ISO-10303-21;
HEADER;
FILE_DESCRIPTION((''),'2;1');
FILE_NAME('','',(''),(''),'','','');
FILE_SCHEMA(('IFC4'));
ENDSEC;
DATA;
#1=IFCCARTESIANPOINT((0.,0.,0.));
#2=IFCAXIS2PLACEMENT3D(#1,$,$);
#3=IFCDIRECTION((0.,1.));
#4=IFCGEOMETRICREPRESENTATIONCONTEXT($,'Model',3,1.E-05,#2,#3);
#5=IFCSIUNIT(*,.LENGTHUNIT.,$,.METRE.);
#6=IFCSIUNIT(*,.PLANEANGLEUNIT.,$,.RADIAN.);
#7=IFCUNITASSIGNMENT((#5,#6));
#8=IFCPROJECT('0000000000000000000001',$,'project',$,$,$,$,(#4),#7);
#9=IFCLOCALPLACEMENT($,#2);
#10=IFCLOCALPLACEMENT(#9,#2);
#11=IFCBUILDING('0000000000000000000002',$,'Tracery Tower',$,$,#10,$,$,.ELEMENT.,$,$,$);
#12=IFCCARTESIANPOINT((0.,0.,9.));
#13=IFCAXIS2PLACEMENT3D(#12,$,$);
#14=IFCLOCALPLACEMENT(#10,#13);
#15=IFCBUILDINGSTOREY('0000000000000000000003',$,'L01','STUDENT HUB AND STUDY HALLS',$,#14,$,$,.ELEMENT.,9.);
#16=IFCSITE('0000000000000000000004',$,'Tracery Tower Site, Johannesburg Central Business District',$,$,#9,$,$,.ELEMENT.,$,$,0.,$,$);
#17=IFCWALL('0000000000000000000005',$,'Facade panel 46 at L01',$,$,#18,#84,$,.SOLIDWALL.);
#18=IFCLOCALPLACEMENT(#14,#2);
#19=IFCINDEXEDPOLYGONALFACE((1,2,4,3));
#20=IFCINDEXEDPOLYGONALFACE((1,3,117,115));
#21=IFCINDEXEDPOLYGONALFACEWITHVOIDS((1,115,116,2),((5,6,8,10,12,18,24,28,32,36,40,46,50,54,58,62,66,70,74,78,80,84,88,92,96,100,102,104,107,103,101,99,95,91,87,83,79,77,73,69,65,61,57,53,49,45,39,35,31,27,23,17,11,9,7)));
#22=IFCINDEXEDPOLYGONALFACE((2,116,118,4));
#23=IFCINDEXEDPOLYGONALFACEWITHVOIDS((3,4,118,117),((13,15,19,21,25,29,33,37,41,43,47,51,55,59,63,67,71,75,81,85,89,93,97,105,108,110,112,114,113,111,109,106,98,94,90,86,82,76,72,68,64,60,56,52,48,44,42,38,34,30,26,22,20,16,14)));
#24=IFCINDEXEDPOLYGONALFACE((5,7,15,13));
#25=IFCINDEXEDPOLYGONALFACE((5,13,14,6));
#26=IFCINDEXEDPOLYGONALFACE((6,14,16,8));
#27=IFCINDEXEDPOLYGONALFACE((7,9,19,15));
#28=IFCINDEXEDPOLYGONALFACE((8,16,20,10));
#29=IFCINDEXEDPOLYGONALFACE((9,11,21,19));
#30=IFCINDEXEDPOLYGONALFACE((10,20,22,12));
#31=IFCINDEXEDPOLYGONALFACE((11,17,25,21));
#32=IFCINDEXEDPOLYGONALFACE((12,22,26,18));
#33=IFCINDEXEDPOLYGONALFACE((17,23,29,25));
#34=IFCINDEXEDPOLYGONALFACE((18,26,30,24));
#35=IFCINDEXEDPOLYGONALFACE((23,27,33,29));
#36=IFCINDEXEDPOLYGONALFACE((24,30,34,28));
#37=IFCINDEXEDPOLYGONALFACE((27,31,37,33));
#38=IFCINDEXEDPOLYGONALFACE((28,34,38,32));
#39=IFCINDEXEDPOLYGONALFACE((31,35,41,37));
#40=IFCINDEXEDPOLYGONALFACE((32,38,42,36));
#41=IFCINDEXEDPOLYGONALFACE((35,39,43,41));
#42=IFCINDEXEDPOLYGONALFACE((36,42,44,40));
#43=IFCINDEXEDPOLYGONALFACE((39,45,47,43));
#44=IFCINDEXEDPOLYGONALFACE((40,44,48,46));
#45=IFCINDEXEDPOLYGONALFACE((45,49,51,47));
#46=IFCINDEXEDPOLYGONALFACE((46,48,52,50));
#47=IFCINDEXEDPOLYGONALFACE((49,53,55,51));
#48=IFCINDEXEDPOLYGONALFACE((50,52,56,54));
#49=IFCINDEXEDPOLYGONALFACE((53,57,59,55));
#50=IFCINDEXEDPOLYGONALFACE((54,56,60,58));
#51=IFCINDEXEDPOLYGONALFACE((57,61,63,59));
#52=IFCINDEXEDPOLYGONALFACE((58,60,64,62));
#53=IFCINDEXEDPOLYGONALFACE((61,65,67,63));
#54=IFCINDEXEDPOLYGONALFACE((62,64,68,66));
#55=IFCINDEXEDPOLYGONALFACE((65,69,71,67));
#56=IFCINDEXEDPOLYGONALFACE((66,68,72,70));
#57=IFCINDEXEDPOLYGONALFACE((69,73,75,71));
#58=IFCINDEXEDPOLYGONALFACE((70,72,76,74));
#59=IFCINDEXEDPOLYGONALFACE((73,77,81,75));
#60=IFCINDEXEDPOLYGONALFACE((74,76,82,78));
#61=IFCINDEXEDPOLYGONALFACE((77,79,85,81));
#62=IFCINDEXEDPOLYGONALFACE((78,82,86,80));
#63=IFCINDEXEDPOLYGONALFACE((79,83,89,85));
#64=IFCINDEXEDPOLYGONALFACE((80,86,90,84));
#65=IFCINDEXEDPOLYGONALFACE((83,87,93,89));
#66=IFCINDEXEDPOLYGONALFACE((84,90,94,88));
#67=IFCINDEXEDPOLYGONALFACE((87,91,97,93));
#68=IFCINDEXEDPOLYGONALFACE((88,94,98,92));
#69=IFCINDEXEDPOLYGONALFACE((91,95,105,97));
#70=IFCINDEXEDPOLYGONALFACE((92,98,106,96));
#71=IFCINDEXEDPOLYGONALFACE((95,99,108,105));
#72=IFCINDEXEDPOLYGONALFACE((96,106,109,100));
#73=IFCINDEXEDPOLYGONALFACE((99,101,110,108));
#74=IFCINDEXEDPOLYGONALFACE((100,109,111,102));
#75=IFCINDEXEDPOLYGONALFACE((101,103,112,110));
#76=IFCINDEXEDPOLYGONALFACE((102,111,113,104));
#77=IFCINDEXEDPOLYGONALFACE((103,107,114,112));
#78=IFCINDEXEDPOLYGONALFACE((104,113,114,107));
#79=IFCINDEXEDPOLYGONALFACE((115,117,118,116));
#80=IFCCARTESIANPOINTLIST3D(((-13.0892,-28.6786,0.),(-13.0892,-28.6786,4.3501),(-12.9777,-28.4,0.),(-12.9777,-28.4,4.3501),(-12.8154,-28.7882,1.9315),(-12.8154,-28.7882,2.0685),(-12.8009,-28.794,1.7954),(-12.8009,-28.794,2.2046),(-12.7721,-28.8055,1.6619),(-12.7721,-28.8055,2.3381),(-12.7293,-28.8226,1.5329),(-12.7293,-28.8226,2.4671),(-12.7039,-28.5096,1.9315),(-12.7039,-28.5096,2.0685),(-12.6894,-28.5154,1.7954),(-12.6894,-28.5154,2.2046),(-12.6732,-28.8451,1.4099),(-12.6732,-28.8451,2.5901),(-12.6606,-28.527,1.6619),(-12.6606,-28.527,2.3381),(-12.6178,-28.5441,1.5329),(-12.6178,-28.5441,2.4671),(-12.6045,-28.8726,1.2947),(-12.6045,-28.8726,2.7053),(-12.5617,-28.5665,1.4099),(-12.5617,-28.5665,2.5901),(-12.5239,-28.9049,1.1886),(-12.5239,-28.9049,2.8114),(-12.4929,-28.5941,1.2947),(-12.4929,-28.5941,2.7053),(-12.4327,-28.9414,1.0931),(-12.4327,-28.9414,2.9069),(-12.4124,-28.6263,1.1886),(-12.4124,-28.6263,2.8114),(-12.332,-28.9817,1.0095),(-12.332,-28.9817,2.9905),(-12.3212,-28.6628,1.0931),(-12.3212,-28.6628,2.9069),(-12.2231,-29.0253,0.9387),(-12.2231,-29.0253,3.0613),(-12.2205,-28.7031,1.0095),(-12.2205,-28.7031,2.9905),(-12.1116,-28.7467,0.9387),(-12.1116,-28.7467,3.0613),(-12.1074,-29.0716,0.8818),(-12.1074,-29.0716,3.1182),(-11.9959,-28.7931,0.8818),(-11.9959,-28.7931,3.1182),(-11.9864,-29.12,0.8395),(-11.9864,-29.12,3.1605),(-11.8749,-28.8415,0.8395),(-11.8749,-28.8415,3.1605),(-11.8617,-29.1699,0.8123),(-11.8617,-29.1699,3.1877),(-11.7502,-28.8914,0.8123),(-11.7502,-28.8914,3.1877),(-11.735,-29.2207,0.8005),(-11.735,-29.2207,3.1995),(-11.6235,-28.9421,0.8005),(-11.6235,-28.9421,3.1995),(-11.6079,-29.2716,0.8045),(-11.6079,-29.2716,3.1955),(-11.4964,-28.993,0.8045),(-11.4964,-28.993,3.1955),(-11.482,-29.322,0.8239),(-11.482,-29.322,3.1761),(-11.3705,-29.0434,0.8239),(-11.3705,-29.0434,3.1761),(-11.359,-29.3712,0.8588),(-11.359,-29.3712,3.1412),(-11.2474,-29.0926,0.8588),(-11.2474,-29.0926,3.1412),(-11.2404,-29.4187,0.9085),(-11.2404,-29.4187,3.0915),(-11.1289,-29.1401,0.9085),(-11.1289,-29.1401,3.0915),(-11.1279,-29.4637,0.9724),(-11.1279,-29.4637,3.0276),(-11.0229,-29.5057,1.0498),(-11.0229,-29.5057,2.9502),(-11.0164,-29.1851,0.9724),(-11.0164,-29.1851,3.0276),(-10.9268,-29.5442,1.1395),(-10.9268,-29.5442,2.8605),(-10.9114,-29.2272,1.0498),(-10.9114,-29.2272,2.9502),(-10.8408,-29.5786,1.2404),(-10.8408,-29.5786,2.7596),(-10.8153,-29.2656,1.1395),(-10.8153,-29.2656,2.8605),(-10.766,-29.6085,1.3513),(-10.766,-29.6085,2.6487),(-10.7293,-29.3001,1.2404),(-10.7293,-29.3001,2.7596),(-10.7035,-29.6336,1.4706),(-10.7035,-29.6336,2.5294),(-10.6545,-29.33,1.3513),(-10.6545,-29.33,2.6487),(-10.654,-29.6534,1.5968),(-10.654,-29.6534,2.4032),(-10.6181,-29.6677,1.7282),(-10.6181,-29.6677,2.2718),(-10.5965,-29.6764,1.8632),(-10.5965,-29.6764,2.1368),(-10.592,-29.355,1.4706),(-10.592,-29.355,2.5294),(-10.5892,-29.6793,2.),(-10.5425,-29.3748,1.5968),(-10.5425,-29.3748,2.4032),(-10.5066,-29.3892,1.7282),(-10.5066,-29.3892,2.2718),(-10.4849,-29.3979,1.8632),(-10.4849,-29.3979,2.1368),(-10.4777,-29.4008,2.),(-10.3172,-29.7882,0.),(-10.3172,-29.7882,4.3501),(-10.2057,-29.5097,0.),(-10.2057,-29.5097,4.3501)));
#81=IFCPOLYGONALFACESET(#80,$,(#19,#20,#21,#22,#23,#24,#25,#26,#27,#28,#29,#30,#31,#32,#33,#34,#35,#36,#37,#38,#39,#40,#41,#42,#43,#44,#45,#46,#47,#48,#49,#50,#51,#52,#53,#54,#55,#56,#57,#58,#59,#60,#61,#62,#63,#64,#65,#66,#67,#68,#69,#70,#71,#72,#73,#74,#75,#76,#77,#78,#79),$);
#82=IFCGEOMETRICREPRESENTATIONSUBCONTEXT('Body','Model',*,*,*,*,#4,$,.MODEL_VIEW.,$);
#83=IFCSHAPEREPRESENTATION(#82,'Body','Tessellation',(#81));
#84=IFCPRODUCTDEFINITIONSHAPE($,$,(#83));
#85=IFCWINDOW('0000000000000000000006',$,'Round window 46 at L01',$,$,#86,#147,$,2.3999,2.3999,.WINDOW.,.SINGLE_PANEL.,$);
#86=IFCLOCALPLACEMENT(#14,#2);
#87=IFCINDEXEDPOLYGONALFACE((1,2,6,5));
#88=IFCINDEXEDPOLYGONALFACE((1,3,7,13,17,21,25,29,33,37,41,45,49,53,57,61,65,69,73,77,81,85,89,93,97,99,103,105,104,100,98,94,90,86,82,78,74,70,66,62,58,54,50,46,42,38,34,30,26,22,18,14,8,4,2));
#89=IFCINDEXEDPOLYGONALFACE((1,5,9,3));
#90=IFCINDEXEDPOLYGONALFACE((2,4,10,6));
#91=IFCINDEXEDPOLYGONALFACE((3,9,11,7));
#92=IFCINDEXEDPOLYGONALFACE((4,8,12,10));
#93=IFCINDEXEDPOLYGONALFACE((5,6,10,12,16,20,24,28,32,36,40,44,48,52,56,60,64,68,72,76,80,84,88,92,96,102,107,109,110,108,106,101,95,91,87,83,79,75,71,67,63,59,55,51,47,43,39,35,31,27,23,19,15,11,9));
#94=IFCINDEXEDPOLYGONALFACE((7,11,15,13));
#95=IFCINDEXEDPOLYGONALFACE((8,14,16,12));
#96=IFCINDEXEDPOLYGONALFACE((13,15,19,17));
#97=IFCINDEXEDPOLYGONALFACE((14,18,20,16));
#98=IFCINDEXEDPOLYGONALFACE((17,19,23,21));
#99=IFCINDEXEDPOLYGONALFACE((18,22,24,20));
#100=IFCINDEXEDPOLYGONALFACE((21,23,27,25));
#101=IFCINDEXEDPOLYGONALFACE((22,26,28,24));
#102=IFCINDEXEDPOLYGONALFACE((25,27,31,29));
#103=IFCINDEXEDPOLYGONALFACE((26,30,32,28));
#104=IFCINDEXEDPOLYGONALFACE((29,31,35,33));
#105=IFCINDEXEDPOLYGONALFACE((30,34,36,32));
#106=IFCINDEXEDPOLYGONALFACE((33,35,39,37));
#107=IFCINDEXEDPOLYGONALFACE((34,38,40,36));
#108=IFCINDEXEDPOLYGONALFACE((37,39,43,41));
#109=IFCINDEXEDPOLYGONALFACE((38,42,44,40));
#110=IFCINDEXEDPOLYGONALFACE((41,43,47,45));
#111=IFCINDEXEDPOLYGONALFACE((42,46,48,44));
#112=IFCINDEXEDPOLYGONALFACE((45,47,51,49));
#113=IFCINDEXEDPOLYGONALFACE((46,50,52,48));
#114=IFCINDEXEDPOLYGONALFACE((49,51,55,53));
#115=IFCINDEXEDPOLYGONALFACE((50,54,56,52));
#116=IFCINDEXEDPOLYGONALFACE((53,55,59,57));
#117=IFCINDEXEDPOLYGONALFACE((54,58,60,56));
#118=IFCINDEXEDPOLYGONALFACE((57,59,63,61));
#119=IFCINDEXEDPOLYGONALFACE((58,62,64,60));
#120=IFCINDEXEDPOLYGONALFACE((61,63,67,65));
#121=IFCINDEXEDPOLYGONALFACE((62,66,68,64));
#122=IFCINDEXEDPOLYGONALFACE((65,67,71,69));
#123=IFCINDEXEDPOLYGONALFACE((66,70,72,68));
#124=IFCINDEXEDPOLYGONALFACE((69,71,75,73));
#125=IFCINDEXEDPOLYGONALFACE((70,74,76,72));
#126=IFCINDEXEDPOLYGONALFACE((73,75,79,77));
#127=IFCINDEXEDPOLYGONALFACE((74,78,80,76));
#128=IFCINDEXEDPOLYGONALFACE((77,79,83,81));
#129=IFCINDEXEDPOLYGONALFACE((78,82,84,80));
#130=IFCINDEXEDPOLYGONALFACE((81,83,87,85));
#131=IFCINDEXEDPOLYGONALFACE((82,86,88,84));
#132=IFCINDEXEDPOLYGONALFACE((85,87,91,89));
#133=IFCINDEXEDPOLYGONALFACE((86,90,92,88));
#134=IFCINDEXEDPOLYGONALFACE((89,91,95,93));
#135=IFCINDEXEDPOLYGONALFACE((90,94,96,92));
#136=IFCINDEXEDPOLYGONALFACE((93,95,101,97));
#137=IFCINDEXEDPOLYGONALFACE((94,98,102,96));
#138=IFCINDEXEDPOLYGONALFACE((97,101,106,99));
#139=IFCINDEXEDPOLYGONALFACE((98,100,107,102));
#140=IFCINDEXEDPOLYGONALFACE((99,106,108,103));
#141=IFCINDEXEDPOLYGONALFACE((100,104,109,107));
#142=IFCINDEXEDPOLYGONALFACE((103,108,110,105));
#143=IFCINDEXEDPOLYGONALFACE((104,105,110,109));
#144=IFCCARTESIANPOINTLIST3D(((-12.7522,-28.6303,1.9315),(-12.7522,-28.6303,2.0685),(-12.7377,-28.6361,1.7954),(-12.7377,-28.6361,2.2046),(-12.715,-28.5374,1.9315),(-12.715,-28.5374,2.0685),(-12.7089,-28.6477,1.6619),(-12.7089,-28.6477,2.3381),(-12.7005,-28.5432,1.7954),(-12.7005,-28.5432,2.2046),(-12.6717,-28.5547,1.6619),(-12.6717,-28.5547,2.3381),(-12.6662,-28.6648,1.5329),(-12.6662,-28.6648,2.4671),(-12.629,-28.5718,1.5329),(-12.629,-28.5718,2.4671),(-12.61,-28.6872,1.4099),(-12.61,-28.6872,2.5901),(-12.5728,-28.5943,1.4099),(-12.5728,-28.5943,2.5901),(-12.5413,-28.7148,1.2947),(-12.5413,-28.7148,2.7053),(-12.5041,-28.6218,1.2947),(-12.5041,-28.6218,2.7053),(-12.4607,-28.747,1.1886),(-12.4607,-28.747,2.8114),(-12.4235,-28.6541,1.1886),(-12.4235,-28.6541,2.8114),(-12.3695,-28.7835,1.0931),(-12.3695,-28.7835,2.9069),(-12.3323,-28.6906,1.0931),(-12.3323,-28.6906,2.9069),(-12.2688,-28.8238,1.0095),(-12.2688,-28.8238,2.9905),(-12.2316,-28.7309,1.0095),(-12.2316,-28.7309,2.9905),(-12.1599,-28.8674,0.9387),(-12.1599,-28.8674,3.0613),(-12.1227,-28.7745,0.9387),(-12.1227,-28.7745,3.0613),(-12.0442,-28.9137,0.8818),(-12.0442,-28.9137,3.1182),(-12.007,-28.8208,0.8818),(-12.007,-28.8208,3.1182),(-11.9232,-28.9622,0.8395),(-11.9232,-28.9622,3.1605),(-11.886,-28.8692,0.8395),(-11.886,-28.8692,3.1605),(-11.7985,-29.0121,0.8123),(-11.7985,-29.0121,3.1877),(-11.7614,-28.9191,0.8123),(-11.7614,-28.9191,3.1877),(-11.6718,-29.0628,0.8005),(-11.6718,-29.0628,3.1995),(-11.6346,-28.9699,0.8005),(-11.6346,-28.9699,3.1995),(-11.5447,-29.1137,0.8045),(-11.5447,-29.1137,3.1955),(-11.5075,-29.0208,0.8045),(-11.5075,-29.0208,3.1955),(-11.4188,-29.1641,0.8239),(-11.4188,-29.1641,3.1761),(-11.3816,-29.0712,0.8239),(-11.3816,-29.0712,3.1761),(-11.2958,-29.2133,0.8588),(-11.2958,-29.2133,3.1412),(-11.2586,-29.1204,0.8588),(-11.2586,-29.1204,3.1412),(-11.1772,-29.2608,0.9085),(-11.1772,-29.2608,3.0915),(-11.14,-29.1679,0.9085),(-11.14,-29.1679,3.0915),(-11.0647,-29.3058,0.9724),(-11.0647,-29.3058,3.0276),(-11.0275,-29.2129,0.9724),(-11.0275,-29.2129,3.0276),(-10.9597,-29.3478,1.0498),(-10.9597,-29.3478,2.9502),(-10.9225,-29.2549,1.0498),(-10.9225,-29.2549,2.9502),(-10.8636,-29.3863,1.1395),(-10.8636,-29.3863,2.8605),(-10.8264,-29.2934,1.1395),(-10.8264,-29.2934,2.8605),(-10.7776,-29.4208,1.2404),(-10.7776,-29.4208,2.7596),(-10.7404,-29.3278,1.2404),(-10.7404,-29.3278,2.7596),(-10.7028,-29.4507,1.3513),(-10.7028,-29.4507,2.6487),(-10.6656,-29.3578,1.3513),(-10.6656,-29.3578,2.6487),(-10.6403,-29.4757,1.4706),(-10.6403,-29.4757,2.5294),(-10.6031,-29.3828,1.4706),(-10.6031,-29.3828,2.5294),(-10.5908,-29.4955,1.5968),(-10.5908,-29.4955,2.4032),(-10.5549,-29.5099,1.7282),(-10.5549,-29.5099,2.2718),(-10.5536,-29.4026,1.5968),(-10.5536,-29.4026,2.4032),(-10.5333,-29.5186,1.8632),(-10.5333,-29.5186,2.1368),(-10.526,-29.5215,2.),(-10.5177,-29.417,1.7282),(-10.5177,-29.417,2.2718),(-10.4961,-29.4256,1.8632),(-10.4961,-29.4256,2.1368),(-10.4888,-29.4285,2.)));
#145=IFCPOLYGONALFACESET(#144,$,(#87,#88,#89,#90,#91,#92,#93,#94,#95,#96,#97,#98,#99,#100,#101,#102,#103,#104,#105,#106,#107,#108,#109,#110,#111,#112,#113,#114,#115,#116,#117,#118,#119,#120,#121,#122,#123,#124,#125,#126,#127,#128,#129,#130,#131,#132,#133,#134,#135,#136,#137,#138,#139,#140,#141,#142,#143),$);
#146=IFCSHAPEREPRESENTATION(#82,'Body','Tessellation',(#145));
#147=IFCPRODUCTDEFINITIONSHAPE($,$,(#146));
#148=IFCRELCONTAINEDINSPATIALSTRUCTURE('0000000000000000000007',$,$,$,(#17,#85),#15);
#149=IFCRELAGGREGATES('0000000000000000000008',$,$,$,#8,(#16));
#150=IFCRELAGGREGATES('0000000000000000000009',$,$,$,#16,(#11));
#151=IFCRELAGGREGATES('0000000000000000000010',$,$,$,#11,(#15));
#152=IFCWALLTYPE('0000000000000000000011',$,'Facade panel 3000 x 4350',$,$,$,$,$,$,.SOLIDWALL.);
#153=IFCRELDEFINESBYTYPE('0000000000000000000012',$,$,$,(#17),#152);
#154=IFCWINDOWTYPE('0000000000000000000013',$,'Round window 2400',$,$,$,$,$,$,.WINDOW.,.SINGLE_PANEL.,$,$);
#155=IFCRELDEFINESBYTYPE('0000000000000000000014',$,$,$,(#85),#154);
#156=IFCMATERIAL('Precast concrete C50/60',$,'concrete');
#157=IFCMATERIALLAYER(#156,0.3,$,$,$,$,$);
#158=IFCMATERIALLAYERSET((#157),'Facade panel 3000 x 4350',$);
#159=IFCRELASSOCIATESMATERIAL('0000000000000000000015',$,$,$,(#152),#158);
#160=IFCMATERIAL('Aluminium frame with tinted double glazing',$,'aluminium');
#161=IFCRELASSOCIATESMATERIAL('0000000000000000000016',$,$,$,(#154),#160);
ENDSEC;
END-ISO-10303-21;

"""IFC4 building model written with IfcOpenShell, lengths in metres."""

from ifc_helpers import new_model, si_unit, direction, frame, frame_2d, origin, origin_2d, place, context, subcontext, project, spatial, rectangle, circle, extrude, material, layer, layer_set, type_object, element, fill, save


model = new_model("IFC4")

# Units and contexts
model_context = context("Model", 3, precision=1e-05, world=origin(), true_north=direction((0.0, 1.0)))
body_context = subcontext(model_context, "Body", "Model", "MODEL_VIEW")
ifc_project = project(units=[si_unit("LENGTHUNIT", "METRE"), si_unit("PLANEANGLEUNIT", "RADIAN")], contexts=[model_context])

# Site, building, storey
site_placement = place(None, origin())
site = spatial("IfcSite", under=ifc_project, at=site_placement, Name="Tracery Tower Site, Johannesburg Central Business District", CompositionType="ELEMENT", RefElevation=0.0)
building_placement = place(site_placement, origin())
building = spatial("IfcBuilding", under=site, at=building_placement, Name="Tracery Tower", CompositionType="ELEMENT")
storey_placement = place(building_placement, frame((0.0, 0.0, 9.0)))
storey = spatial("IfcBuildingStorey", under=building, at=storey_placement, Name="L01", Description="STUDENT HUB AND STUDY HALLS", CompositionType="ELEMENT", Elevation=9.0)

# Wall, opening, window
ifc_material_1 = material(Name="Precast concrete C50/60", Category="concrete")
ifc_layer_1 = layer(ifc_material_1, 0.3)
ifc_layer_set_1 = layer_set([ifc_layer_1], Name="Facade panel 3000 x 4350")
wall_type_1 = type_object("IfcWallType", Name="Facade panel 3000 x 4350", PredefinedType="SOLIDWALL", material=ifc_layer_set_1)
wall_1_placement = place(storey_placement, frame((-13.0334, -28.5393, 0.0), z_axis=(0.0, 0.0, 1.0), x_axis=(0.928381, -0.37163, 0.0)))
wall_1 = element("IfcWall", 1, at=wall_1_placement, inside=storey, type_object=wall_type_1, Name="Facade panel 46 at L01", PredefinedType="SOLIDWALL", context=body_context, shape_type="SweptSolid", body=[
    extrude(rectangle(XDim=2.9858, YDim=0.3, at=frame_2d((1.4929, 0.0))), origin(), (0.0, 0.0, 1.0), 4.3501),
])
opening_1_placement = place(wall_1_placement, frame((1.4929, 0.0, 2.0)))
opening_1 = element("IfcOpeningElement", 2, at=opening_1_placement, cuts=wall_1, PredefinedType="OPENING", context=body_context, shape_type="SweptSolid", body=[
    extrude(circle(Radius=1.2, at=origin_2d()), frame((0.0, 0.1599, 0.0), z_axis=(0.0, -1.0, 0.0), x_axis=(1.0, 0.0, 0.0)), (0.0, 0.0, 1.0), 0.3201),
])
ifc_material_2 = material(Name="Aluminium frame with tinted double glazing", Category="aluminium")
window_type = type_object("IfcWindowType", Name="Round window 2400", PartitioningType="SINGLE_PANEL", PredefinedType="WINDOW", material=ifc_material_2)
window_1_placement = place(opening_1_placement, origin())
window_1 = element("IfcWindow", 3, at=window_1_placement, inside=storey, type_object=window_type, Name="Round window 46 at L01", OverallHeight=2.3999, OverallWidth=2.3999, PartitioningType="SINGLE_PANEL", PredefinedType="WINDOW", context=body_context, shape_type="SweptSolid", body=[
    extrude(circle(Radius=1.2, at=origin_2d()), frame((0.0, 0.1201, 0.0), z_axis=(0.0, -1.0, 0.0), x_axis=(1.0, 0.0, 0.0)), (0.0, 0.0, 1.0), 0.1001),
])
fill(opening_1, window_1)

save(model, "model.ifc")
